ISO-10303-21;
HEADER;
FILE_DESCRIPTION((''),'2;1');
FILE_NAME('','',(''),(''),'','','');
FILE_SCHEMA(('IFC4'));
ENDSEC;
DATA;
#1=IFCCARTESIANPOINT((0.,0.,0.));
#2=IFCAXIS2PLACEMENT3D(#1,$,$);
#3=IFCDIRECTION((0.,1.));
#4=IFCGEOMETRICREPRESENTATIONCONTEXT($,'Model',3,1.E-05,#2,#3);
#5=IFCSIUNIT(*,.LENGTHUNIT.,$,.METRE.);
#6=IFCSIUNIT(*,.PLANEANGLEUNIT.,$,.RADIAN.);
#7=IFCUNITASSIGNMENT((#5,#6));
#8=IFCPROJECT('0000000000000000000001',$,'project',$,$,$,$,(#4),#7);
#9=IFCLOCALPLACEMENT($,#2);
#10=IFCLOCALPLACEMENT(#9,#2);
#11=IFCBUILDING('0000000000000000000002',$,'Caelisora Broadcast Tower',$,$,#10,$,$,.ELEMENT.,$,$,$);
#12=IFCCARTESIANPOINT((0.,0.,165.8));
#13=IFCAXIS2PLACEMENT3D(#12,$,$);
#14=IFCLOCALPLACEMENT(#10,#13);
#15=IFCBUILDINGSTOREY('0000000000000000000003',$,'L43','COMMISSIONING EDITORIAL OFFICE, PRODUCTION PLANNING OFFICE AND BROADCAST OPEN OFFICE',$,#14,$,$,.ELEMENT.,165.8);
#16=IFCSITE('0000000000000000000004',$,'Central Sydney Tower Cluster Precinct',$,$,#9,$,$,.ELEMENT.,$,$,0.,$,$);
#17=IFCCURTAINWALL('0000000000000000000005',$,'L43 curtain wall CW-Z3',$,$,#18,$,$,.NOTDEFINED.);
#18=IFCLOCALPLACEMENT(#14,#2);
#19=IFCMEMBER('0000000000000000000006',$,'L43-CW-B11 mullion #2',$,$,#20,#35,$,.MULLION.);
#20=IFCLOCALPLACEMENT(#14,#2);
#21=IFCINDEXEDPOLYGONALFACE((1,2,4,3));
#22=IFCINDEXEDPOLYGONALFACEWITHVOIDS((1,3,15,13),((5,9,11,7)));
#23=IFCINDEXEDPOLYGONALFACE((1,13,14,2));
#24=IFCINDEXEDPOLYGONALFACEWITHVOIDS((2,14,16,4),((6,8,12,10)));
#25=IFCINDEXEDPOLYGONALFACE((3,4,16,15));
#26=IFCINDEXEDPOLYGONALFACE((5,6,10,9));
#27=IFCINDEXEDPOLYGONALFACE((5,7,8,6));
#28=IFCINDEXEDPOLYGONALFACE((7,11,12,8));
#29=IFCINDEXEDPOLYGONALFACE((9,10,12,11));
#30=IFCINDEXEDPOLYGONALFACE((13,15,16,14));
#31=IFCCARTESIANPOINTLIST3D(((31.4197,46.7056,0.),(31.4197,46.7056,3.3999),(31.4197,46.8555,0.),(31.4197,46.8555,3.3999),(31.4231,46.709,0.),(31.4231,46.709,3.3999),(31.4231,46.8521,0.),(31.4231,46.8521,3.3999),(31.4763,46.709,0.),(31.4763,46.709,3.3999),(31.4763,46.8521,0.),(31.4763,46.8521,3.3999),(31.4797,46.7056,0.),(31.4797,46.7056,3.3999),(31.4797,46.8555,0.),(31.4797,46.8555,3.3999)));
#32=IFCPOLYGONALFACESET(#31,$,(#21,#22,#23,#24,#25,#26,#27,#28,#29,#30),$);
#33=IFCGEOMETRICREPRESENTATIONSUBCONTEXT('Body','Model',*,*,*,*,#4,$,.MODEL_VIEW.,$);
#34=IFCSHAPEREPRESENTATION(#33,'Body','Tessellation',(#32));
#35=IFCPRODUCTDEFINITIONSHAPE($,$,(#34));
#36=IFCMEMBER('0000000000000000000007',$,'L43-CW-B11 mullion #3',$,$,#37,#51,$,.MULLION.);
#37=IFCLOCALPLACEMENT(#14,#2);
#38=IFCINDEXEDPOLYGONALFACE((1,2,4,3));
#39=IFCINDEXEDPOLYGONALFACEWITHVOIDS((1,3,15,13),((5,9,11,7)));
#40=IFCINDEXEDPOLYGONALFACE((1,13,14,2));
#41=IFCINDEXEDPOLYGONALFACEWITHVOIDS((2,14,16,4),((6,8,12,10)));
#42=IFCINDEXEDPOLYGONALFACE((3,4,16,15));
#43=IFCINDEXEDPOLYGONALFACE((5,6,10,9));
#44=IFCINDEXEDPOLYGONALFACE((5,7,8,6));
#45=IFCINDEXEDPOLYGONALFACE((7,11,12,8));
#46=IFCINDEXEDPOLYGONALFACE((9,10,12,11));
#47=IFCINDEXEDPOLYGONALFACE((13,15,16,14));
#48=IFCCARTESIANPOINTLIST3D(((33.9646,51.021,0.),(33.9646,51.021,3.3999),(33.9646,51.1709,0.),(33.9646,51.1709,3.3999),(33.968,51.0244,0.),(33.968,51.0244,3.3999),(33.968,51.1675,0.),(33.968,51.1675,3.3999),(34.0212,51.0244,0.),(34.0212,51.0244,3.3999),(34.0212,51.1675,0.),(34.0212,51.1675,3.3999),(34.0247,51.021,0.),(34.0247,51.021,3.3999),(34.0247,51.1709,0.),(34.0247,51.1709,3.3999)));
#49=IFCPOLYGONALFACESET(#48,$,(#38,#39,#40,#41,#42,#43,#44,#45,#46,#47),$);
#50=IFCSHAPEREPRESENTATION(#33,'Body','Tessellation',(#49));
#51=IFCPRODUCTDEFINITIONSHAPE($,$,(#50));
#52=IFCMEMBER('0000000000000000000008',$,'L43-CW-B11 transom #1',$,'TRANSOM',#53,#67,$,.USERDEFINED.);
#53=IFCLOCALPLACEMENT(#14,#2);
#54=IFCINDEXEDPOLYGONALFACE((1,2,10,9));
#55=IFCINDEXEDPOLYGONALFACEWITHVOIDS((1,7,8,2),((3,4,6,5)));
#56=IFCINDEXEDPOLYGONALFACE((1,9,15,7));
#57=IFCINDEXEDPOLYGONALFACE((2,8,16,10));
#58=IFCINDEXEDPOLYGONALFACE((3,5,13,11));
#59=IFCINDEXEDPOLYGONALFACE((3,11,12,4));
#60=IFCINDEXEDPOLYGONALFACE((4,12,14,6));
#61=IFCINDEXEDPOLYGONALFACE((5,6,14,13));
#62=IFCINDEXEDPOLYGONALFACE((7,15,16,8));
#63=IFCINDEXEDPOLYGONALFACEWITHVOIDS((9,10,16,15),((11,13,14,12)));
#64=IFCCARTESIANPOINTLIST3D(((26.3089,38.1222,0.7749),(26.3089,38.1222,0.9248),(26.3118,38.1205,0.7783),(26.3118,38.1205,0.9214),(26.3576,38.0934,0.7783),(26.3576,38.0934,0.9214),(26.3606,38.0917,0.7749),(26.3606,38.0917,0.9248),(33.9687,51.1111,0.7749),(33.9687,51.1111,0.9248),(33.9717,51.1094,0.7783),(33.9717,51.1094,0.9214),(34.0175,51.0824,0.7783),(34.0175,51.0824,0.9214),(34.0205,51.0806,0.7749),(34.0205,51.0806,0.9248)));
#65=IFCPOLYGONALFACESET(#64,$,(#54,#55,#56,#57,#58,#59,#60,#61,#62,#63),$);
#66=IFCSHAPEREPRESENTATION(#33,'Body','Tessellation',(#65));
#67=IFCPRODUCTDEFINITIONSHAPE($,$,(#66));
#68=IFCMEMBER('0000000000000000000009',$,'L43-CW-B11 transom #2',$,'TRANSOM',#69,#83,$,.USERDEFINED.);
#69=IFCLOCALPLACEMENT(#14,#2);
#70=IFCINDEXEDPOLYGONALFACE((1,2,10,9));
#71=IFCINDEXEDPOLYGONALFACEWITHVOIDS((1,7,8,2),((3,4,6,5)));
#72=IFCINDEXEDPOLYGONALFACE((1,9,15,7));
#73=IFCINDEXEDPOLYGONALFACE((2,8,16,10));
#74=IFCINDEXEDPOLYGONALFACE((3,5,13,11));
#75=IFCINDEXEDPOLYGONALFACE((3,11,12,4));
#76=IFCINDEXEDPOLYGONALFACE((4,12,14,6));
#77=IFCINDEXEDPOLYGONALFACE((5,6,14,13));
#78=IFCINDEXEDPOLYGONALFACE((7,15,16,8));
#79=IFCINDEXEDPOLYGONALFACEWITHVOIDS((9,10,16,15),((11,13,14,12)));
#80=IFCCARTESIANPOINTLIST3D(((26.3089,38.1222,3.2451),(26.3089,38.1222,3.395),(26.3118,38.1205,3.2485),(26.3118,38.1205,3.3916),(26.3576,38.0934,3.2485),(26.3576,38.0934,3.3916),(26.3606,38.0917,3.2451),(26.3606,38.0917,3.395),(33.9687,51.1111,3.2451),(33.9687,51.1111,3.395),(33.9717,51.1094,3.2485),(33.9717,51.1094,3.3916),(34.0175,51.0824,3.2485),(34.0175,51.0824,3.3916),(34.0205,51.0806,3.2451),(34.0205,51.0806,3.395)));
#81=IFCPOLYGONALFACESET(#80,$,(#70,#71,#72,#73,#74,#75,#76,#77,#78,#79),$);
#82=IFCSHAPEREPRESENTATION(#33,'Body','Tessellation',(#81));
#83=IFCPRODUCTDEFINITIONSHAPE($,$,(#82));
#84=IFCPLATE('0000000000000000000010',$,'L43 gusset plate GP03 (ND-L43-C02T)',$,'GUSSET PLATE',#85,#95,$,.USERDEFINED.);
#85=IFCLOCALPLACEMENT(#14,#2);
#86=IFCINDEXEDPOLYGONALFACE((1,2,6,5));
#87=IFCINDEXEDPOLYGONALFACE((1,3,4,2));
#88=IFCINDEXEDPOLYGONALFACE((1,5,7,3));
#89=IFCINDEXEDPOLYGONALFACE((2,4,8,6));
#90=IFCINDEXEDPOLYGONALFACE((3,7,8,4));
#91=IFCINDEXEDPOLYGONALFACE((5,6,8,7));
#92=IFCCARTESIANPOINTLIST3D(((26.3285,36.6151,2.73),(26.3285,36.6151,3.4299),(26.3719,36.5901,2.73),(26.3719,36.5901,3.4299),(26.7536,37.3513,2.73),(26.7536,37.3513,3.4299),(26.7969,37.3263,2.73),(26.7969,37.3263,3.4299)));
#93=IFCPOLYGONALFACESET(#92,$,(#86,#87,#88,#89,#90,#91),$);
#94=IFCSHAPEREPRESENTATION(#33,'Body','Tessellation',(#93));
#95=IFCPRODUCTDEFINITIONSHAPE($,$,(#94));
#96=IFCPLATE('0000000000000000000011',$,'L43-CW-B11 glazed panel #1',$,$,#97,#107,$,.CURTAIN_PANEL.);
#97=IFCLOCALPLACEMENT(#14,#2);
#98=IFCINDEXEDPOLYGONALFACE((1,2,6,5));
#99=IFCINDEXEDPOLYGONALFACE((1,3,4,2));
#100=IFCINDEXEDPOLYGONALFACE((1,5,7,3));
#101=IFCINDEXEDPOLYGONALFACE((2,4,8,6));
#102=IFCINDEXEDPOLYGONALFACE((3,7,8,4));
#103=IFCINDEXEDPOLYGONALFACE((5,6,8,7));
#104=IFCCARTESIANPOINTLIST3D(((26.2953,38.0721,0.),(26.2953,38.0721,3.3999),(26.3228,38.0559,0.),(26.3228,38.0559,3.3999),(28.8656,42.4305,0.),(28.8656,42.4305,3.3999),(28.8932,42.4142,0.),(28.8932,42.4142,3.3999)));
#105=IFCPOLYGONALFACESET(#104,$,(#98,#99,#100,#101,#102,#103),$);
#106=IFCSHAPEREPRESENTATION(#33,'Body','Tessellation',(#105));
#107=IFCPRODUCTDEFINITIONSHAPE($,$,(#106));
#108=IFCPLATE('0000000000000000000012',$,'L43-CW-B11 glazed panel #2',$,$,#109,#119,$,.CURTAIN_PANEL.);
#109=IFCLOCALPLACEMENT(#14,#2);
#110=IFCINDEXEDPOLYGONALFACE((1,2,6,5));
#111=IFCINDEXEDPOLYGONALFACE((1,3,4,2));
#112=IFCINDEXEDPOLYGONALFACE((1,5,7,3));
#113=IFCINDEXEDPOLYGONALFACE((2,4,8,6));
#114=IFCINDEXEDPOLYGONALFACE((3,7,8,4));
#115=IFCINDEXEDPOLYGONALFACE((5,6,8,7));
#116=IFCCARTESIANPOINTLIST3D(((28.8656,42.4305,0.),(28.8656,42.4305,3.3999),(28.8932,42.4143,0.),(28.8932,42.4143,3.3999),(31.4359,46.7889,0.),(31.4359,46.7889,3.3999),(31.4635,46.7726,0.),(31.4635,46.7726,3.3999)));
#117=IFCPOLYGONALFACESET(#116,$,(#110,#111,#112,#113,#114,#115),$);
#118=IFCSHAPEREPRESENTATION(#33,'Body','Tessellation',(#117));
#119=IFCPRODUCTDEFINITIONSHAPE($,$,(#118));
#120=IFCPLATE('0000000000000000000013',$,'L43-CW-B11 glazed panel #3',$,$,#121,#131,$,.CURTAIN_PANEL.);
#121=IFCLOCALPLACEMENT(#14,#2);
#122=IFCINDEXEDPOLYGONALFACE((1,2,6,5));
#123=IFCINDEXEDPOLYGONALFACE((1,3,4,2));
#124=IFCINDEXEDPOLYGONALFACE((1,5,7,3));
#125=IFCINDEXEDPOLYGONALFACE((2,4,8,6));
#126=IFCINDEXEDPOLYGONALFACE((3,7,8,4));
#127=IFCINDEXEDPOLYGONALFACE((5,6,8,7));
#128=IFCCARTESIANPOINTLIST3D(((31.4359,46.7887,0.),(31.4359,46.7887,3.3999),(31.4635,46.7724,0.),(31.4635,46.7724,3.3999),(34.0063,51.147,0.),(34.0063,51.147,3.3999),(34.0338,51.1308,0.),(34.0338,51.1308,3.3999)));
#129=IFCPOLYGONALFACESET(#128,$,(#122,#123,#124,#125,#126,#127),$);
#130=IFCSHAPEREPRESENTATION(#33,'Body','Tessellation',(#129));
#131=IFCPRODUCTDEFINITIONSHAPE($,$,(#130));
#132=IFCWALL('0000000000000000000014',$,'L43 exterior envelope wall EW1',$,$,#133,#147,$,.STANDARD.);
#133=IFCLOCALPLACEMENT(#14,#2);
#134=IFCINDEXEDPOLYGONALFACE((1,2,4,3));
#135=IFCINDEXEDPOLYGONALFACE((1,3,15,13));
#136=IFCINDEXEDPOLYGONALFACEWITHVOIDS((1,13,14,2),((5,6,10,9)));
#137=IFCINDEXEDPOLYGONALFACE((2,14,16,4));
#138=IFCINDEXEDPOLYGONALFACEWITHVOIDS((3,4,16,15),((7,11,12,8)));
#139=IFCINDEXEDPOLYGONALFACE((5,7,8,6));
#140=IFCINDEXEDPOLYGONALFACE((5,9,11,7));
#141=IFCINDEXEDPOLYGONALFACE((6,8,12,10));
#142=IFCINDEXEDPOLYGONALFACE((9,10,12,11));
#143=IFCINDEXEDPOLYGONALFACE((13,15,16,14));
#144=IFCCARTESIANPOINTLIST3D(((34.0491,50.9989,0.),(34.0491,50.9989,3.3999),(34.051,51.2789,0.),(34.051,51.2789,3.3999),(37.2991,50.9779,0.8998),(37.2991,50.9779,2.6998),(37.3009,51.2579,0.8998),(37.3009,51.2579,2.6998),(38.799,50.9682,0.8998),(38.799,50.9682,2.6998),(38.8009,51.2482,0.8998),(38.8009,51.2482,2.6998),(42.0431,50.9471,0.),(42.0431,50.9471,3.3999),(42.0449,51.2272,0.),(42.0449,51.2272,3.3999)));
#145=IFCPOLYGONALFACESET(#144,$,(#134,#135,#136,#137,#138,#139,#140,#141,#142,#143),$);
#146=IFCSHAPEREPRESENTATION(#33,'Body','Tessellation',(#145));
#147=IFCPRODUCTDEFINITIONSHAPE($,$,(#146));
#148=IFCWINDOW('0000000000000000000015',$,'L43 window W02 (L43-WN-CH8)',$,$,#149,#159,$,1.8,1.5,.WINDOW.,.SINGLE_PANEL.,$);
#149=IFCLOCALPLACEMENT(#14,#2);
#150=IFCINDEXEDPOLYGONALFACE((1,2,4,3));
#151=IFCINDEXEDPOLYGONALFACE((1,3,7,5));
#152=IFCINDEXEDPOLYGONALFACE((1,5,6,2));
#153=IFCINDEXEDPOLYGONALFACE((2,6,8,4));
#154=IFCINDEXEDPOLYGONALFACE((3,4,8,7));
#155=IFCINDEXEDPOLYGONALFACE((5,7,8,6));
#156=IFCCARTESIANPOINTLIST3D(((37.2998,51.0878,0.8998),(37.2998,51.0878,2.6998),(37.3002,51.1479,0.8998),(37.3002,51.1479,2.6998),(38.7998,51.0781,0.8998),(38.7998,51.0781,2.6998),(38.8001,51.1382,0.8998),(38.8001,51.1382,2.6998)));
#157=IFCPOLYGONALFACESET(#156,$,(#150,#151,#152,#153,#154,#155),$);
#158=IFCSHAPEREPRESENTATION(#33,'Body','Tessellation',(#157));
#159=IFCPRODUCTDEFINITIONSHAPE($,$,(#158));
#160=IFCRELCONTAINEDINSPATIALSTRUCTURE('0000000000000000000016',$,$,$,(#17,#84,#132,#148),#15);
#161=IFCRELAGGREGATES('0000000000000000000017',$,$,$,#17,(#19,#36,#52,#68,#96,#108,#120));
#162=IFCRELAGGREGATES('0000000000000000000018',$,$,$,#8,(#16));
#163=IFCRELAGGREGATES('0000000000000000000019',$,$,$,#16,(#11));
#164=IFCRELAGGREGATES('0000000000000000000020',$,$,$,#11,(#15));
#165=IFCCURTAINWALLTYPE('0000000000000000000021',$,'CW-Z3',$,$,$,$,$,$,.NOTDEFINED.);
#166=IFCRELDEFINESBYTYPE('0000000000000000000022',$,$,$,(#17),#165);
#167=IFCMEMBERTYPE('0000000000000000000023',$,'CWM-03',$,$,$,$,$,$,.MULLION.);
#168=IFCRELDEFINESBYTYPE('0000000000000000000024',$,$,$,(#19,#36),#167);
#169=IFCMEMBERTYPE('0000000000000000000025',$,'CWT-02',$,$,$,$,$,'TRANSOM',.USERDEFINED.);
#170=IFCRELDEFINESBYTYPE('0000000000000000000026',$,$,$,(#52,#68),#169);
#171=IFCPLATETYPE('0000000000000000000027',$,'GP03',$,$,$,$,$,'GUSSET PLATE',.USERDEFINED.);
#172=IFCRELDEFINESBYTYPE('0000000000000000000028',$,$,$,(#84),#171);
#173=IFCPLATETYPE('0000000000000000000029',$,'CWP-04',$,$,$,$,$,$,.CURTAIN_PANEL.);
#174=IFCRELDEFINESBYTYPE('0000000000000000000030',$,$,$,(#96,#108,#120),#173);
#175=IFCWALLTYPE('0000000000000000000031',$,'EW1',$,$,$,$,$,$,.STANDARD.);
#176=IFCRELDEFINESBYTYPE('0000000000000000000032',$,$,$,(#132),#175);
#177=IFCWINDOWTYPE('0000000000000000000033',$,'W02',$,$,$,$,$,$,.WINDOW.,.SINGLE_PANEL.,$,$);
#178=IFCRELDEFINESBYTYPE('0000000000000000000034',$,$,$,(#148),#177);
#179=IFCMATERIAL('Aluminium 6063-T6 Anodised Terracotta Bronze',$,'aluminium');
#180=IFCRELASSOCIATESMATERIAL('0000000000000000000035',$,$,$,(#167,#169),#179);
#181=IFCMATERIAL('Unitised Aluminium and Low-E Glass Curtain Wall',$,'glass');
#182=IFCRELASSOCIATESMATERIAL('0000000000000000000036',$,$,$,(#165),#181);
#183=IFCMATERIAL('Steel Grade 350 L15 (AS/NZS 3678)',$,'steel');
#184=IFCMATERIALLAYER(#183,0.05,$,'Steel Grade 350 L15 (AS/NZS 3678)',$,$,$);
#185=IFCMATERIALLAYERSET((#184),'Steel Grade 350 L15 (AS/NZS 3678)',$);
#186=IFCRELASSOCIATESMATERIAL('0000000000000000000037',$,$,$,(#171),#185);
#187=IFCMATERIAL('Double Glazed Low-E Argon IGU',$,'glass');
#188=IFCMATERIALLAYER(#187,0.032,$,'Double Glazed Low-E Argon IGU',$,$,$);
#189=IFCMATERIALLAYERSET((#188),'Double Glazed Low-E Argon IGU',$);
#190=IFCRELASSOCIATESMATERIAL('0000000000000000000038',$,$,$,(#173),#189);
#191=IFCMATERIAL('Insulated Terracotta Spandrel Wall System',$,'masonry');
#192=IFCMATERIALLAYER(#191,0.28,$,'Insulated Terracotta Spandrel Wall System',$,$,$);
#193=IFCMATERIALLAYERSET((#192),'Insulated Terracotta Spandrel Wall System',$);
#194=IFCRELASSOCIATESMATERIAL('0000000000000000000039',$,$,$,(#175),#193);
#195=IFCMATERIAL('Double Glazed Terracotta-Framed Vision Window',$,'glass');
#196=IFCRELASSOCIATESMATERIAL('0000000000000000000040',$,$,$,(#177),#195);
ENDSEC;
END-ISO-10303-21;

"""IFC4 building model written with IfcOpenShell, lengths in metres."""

from ifc_helpers import new_model, si_unit, direction, frame, frame_2d, origin, origin_2d, place, context, subcontext, project, spatial, rectangle, hollow_rectangle, extrude, source, transform, mapped, material, layer, layer_set, material_profile, profile_set, type_object, type_shapes, element, fill, aggregate, save


model = new_model("IFC4")

# Units and contexts
model_context = context("Model", 3, precision=1e-05, world=origin(), true_north=direction((0.0, 1.0)))
body_context = subcontext(model_context, "Body", "Model", "MODEL_VIEW")
ifc_project = project(units=[si_unit("LENGTHUNIT", "METRE"), si_unit("PLANEANGLEUNIT", "RADIAN")], contexts=[model_context])

# Site, building, storey
site_placement = place(None, origin())
site = spatial("IfcSite", under=ifc_project, at=site_placement, Name="Central Sydney Tower Cluster Precinct", CompositionType="ELEMENT", RefElevation=0.0)
building_placement = place(site_placement, origin())
building = spatial("IfcBuilding", under=site, at=building_placement, Name="Caelisora Broadcast Tower", CompositionType="ELEMENT")
storey_placement = place(building_placement, frame((0.0, 0.0, 165.8)))
storey = spatial("IfcBuildingStorey", under=building, at=storey_placement, Name="L43", Description="COMMISSIONING EDITORIAL OFFICE, PRODUCTION PLANNING OFFICE AND BROADCAST OPEN OFFICE", CompositionType="ELEMENT", Elevation=165.8)

# Shared definitions
ifc_material_1 = material(Name="Steel Grade 350 L15 (AS/NZS 3678)", Category="steel")

# Shared definitions
ifc_material_2 = material(Name="Aluminium 6063-T6 Anodised Terracotta Bronze", Category="aluminium")
ifc_material_profile_1 = material_profile(ifc_material_2, hollow_rectangle(XDim=0.0601, YDim=0.1499, WallThickness=0.0034, at=origin_2d()), Name="Aluminium 6063-T6 Anodised Terracotta Bronze")
ifc_profile_set_1 = profile_set([ifc_material_profile_1], Name="Aluminium 6063-T6 Anodised Terracotta Bronze")
member_type_1 = type_object("IfcMemberType", Name="CWM-03", PredefinedType="MULLION", material=ifc_profile_set_1)
shared_shape_1 = source(origin(), body_context, "Body", "SweptSolid", [
    extrude(hollow_rectangle(XDim=0.0601, YDim=0.1499, WallThickness=0.0034, at=origin_2d()), origin(), (0.0, 0.0, 1.0), 3.3999),
])
type_shapes(member_type_1, [shared_shape_1])

# Curtain wall, members
ifc_material_3 = material(Name="Unitised Aluminium and Low-E Glass Curtain Wall", Category="glass")
curtain_wall_type_1 = type_object("IfcCurtainWallType", Name="CW-Z3", PredefinedType="NOTDEFINED", material=ifc_material_3)
curtain_wall_1_placement = place(storey_placement, origin())
curtain_wall_1 = element("IfcCurtainWall", 1, at=curtain_wall_1_placement, inside=storey, type_object=curtain_wall_type_1, Name="L43 curtain wall CW-Z3", PredefinedType="NOTDEFINED")
member_1_placement = place(storey_placement, frame((31.4497, 46.7805, 0.0), z_axis=(0.0, 0.0, 1.0), x_axis=(1.0, 0.0, 0.0)))
member_1 = element("IfcMember", 2, at=member_1_placement, type_object=member_type_1, Name="L43-CW-B11 mullion #2", PredefinedType="MULLION", context=body_context, shape_type="MappedRepresentation", body=[
    mapped(shared_shape_1, transform((0.0, 0.0, 0.0), scale=1.0)),
])
member_2_placement = place(storey_placement, frame((33.9946, 51.0959, 0.0), z_axis=(0.0, 0.0, 1.0), x_axis=(1.0, 0.0, 0.0)))
member_2 = element("IfcMember", 3, at=member_2_placement, type_object=member_type_1, Name="L43-CW-B11 mullion #3", PredefinedType="MULLION", context=body_context, shape_type="MappedRepresentation", body=[
    mapped(shared_shape_1, transform((0.0, 0.0, 0.0), scale=1.0)),
])
ifc_material_profile_2 = material_profile(ifc_material_2, hollow_rectangle(XDim=0.0601, YDim=0.1499, WallThickness=0.0034, at=origin_2d()), Name="Aluminium 6063-T6 Anodised Terracotta Bronze")
ifc_profile_set_2 = profile_set([ifc_material_profile_2], Name="Aluminium 6063-T6 Anodised Terracotta Bronze")
member_type_2 = type_object("IfcMemberType", Name="CWT-02", ElementType="TRANSOM", PredefinedType="USERDEFINED", material=ifc_profile_set_2)
shared_shape_2 = source(origin(), body_context, "Body", "SweptSolid", [
    extrude(hollow_rectangle(XDim=0.0601, YDim=0.1499, WallThickness=0.0034, at=origin_2d()), origin(), (0.0, 0.0, 1.0), 15.0793),
])
type_shapes(member_type_2, [shared_shape_2])
member_3_placement = place(storey_placement, frame((26.3347, 38.1069, 0.8499), z_axis=(0.507971, 0.861374, 0.0), x_axis=(-0.861374, 0.507971, 0.0)))
member_3 = element("IfcMember", 4, at=member_3_placement, type_object=member_type_2, Name="L43-CW-B11 transom #1", ObjectType="TRANSOM", PredefinedType="USERDEFINED", context=body_context, shape_type="MappedRepresentation", body=[
    mapped(shared_shape_2, transform((0.0, 0.0, 0.0), scale=1.0)),
])
member_4_placement = place(storey_placement, frame((26.3347, 38.1069, 3.3201), z_axis=(0.507971, 0.861374, 0.0), x_axis=(-0.861374, 0.507971, 0.0)))
member_4 = element("IfcMember", 5, at=member_4_placement, type_object=member_type_2, Name="L43-CW-B11 transom #2", ObjectType="TRANSOM", PredefinedType="USERDEFINED", context=body_context, shape_type="MappedRepresentation", body=[
    mapped(shared_shape_2, transform((0.0, 0.0, 0.0), scale=1.0)),
])

# Plates
ifc_layer_1 = layer(ifc_material_1, 0.05, Name="Steel Grade 350 L15 (AS/NZS 3678)")
ifc_layer_set_1 = layer_set([ifc_layer_1], Name="Steel Grade 350 L15 (AS/NZS 3678)")
plate_type_1 = type_object("IfcPlateType", Name="GP03", ElementType="GUSSET PLATE", PredefinedType="USERDEFINED", material=ifc_layer_set_1)
shared_shape_3 = source(origin(), body_context, "Body", "SweptSolid", [
    extrude(rectangle(XDim=0.8501, YDim=0.05, at=origin_2d()), origin(), (0.0, 0.0, 1.0), 0.7),
])
type_shapes(plate_type_1, [shared_shape_3])
plate_1_placement = place(storey_placement, frame((26.5627, 36.9707, 2.73), z_axis=(0.0, 0.0, 1.0), x_axis=(-0.5, -0.866025, 0.0)))
element("IfcPlate", 6, at=plate_1_placement, inside=storey, type_object=plate_type_1, Name="L43 gusset plate GP03 (ND-L43-C02T)", ObjectType="GUSSET PLATE", PredefinedType="USERDEFINED", context=body_context, shape_type="MappedRepresentation", body=[
    mapped(shared_shape_3, transform((0.0, 0.0, 0.0), scale=1.0)),
])
ifc_material_4 = material(Name="Double Glazed Low-E Argon IGU", Category="glass")
ifc_layer_2 = layer(ifc_material_4, 0.032, Name="Double Glazed Low-E Argon IGU")
ifc_layer_set_2 = layer_set([ifc_layer_2], Name="Double Glazed Low-E Argon IGU")
plate_type_2 = type_object("IfcPlateType", Name="CWP-04", PredefinedType="CURTAIN_PANEL", material=ifc_layer_set_2)
shared_shape_4 = source(origin(), body_context, "Body", "SweptSolid", [
    extrude(rectangle(XDim=5.0598, YDim=0.032, at=origin_2d()), origin(), (0.0, 0.0, 1.0), 3.3999),
])
type_shapes(plate_type_2, [shared_shape_4])
plate_2_placement = place(storey_placement, frame((27.5942, 40.2432, 0.0), z_axis=(0.0, 0.0, 1.0), x_axis=(0.507989, 0.861363, 0.0)))
plate_2 = element("IfcPlate", 7, at=plate_2_placement, type_object=plate_type_2, Name="L43-CW-B11 glazed panel #1", PredefinedType="CURTAIN_PANEL", context=body_context, shape_type="MappedRepresentation", body=[
    mapped(shared_shape_4, transform((0.0, 0.0, 0.0), scale=1.0)),
])
plate_3_placement = place(storey_placement, frame((30.1646, 44.6016, 0.0), z_axis=(0.0, 0.0, 1.0), x_axis=(0.507989, 0.861363, 0.0)))
plate_3 = element("IfcPlate", 8, at=plate_3_placement, type_object=plate_type_2, Name="L43-CW-B11 glazed panel #2", PredefinedType="CURTAIN_PANEL", context=body_context, shape_type="MappedRepresentation", body=[
    mapped(shared_shape_4, transform((0.0, 0.0, 0.0), scale=1.0)),
])
plate_4_placement = place(storey_placement, frame((32.7349, 48.9597, 0.0), z_axis=(0.0, 0.0, 1.0), x_axis=(0.507989, 0.861363, 0.0)))
plate_4 = element("IfcPlate", 9, at=plate_4_placement, type_object=plate_type_2, Name="L43-CW-B11 glazed panel #3", PredefinedType="CURTAIN_PANEL", context=body_context, shape_type="MappedRepresentation", body=[
    mapped(shared_shape_4, transform((0.0, 0.0, 0.0), scale=1.0)),
])
aggregate(curtain_wall_1, [member_1, member_2, member_3, member_4, plate_2, plate_3, plate_4])

# Wall, opening, window
ifc_material_5 = material(Name="Insulated Terracotta Spandrel Wall System", Category="masonry")
ifc_layer_3 = layer(ifc_material_5, 0.28, Name="Insulated Terracotta Spandrel Wall System")
ifc_layer_set_3 = layer_set([ifc_layer_3], Name="Insulated Terracotta Spandrel Wall System")
wall_type_1 = type_object("IfcWallType", Name="EW1", PredefinedType="STANDARD", material=ifc_layer_set_3)
wall_1_placement = place(storey_placement, frame((34.05, 51.1389, 0.0), z_axis=(0.0, 0.0, 1.0), x_axis=(0.999979, -0.006475, 0.0)))
wall_1 = element("IfcWall", 10, at=wall_1_placement, inside=storey, type_object=wall_type_1, Name="L43 exterior envelope wall EW1", PredefinedType="STANDARD", context=body_context, shape_type="SweptSolid", body=[
    extrude(rectangle(XDim=7.9941, YDim=0.28, at=frame_2d((3.9971, 0.0))), origin(), (0.0, 0.0, 1.0), 3.3999),
])
opening_1_placement = place(wall_1_placement, frame((3.25, 0.0, 0.8999)))
opening_1 = element("IfcOpeningElement", 11, at=opening_1_placement, cuts=wall_1, PredefinedType="OPENING", context=body_context, shape_type="SweptSolid", body=[
    extrude(rectangle(XDim=1.5, YDim=1.8, at=frame_2d((0.75, 0.8999))), frame((0.0, 0.1521, 0.0), z_axis=(0.0, -1.0, 0.0), x_axis=(1.0, 0.0, 0.0)), (0.0, 0.0, 1.0), 0.304),
])
ifc_material_6 = material(Name="Double Glazed Terracotta-Framed Vision Window", Category="glass")
window_type = type_object("IfcWindowType", Name="W02", PartitioningType="SINGLE_PANEL", PredefinedType="WINDOW", material=ifc_material_6)
window_placement = place(opening_1_placement, origin())
window = element("IfcWindow", 12, at=window_placement, inside=storey, type_object=window_type, Name="L43 window W02 (L43-WN-CH8)", OverallHeight=1.8, OverallWidth=1.5, PartitioningType="SINGLE_PANEL", PredefinedType="WINDOW", context=body_context, shape_type="SweptSolid", body=[
    extrude(rectangle(XDim=1.5, YDim=1.8, at=frame_2d((0.75, 0.8999))), frame((0.0, 0.03, 0.0), z_axis=(0.0, -1.0, 0.0), x_axis=(1.0, 0.0, 0.0)), (0.0, 0.0, 1.0), 0.0601),
])
fill(opening_1, window)

save(model, "model.ifc")
